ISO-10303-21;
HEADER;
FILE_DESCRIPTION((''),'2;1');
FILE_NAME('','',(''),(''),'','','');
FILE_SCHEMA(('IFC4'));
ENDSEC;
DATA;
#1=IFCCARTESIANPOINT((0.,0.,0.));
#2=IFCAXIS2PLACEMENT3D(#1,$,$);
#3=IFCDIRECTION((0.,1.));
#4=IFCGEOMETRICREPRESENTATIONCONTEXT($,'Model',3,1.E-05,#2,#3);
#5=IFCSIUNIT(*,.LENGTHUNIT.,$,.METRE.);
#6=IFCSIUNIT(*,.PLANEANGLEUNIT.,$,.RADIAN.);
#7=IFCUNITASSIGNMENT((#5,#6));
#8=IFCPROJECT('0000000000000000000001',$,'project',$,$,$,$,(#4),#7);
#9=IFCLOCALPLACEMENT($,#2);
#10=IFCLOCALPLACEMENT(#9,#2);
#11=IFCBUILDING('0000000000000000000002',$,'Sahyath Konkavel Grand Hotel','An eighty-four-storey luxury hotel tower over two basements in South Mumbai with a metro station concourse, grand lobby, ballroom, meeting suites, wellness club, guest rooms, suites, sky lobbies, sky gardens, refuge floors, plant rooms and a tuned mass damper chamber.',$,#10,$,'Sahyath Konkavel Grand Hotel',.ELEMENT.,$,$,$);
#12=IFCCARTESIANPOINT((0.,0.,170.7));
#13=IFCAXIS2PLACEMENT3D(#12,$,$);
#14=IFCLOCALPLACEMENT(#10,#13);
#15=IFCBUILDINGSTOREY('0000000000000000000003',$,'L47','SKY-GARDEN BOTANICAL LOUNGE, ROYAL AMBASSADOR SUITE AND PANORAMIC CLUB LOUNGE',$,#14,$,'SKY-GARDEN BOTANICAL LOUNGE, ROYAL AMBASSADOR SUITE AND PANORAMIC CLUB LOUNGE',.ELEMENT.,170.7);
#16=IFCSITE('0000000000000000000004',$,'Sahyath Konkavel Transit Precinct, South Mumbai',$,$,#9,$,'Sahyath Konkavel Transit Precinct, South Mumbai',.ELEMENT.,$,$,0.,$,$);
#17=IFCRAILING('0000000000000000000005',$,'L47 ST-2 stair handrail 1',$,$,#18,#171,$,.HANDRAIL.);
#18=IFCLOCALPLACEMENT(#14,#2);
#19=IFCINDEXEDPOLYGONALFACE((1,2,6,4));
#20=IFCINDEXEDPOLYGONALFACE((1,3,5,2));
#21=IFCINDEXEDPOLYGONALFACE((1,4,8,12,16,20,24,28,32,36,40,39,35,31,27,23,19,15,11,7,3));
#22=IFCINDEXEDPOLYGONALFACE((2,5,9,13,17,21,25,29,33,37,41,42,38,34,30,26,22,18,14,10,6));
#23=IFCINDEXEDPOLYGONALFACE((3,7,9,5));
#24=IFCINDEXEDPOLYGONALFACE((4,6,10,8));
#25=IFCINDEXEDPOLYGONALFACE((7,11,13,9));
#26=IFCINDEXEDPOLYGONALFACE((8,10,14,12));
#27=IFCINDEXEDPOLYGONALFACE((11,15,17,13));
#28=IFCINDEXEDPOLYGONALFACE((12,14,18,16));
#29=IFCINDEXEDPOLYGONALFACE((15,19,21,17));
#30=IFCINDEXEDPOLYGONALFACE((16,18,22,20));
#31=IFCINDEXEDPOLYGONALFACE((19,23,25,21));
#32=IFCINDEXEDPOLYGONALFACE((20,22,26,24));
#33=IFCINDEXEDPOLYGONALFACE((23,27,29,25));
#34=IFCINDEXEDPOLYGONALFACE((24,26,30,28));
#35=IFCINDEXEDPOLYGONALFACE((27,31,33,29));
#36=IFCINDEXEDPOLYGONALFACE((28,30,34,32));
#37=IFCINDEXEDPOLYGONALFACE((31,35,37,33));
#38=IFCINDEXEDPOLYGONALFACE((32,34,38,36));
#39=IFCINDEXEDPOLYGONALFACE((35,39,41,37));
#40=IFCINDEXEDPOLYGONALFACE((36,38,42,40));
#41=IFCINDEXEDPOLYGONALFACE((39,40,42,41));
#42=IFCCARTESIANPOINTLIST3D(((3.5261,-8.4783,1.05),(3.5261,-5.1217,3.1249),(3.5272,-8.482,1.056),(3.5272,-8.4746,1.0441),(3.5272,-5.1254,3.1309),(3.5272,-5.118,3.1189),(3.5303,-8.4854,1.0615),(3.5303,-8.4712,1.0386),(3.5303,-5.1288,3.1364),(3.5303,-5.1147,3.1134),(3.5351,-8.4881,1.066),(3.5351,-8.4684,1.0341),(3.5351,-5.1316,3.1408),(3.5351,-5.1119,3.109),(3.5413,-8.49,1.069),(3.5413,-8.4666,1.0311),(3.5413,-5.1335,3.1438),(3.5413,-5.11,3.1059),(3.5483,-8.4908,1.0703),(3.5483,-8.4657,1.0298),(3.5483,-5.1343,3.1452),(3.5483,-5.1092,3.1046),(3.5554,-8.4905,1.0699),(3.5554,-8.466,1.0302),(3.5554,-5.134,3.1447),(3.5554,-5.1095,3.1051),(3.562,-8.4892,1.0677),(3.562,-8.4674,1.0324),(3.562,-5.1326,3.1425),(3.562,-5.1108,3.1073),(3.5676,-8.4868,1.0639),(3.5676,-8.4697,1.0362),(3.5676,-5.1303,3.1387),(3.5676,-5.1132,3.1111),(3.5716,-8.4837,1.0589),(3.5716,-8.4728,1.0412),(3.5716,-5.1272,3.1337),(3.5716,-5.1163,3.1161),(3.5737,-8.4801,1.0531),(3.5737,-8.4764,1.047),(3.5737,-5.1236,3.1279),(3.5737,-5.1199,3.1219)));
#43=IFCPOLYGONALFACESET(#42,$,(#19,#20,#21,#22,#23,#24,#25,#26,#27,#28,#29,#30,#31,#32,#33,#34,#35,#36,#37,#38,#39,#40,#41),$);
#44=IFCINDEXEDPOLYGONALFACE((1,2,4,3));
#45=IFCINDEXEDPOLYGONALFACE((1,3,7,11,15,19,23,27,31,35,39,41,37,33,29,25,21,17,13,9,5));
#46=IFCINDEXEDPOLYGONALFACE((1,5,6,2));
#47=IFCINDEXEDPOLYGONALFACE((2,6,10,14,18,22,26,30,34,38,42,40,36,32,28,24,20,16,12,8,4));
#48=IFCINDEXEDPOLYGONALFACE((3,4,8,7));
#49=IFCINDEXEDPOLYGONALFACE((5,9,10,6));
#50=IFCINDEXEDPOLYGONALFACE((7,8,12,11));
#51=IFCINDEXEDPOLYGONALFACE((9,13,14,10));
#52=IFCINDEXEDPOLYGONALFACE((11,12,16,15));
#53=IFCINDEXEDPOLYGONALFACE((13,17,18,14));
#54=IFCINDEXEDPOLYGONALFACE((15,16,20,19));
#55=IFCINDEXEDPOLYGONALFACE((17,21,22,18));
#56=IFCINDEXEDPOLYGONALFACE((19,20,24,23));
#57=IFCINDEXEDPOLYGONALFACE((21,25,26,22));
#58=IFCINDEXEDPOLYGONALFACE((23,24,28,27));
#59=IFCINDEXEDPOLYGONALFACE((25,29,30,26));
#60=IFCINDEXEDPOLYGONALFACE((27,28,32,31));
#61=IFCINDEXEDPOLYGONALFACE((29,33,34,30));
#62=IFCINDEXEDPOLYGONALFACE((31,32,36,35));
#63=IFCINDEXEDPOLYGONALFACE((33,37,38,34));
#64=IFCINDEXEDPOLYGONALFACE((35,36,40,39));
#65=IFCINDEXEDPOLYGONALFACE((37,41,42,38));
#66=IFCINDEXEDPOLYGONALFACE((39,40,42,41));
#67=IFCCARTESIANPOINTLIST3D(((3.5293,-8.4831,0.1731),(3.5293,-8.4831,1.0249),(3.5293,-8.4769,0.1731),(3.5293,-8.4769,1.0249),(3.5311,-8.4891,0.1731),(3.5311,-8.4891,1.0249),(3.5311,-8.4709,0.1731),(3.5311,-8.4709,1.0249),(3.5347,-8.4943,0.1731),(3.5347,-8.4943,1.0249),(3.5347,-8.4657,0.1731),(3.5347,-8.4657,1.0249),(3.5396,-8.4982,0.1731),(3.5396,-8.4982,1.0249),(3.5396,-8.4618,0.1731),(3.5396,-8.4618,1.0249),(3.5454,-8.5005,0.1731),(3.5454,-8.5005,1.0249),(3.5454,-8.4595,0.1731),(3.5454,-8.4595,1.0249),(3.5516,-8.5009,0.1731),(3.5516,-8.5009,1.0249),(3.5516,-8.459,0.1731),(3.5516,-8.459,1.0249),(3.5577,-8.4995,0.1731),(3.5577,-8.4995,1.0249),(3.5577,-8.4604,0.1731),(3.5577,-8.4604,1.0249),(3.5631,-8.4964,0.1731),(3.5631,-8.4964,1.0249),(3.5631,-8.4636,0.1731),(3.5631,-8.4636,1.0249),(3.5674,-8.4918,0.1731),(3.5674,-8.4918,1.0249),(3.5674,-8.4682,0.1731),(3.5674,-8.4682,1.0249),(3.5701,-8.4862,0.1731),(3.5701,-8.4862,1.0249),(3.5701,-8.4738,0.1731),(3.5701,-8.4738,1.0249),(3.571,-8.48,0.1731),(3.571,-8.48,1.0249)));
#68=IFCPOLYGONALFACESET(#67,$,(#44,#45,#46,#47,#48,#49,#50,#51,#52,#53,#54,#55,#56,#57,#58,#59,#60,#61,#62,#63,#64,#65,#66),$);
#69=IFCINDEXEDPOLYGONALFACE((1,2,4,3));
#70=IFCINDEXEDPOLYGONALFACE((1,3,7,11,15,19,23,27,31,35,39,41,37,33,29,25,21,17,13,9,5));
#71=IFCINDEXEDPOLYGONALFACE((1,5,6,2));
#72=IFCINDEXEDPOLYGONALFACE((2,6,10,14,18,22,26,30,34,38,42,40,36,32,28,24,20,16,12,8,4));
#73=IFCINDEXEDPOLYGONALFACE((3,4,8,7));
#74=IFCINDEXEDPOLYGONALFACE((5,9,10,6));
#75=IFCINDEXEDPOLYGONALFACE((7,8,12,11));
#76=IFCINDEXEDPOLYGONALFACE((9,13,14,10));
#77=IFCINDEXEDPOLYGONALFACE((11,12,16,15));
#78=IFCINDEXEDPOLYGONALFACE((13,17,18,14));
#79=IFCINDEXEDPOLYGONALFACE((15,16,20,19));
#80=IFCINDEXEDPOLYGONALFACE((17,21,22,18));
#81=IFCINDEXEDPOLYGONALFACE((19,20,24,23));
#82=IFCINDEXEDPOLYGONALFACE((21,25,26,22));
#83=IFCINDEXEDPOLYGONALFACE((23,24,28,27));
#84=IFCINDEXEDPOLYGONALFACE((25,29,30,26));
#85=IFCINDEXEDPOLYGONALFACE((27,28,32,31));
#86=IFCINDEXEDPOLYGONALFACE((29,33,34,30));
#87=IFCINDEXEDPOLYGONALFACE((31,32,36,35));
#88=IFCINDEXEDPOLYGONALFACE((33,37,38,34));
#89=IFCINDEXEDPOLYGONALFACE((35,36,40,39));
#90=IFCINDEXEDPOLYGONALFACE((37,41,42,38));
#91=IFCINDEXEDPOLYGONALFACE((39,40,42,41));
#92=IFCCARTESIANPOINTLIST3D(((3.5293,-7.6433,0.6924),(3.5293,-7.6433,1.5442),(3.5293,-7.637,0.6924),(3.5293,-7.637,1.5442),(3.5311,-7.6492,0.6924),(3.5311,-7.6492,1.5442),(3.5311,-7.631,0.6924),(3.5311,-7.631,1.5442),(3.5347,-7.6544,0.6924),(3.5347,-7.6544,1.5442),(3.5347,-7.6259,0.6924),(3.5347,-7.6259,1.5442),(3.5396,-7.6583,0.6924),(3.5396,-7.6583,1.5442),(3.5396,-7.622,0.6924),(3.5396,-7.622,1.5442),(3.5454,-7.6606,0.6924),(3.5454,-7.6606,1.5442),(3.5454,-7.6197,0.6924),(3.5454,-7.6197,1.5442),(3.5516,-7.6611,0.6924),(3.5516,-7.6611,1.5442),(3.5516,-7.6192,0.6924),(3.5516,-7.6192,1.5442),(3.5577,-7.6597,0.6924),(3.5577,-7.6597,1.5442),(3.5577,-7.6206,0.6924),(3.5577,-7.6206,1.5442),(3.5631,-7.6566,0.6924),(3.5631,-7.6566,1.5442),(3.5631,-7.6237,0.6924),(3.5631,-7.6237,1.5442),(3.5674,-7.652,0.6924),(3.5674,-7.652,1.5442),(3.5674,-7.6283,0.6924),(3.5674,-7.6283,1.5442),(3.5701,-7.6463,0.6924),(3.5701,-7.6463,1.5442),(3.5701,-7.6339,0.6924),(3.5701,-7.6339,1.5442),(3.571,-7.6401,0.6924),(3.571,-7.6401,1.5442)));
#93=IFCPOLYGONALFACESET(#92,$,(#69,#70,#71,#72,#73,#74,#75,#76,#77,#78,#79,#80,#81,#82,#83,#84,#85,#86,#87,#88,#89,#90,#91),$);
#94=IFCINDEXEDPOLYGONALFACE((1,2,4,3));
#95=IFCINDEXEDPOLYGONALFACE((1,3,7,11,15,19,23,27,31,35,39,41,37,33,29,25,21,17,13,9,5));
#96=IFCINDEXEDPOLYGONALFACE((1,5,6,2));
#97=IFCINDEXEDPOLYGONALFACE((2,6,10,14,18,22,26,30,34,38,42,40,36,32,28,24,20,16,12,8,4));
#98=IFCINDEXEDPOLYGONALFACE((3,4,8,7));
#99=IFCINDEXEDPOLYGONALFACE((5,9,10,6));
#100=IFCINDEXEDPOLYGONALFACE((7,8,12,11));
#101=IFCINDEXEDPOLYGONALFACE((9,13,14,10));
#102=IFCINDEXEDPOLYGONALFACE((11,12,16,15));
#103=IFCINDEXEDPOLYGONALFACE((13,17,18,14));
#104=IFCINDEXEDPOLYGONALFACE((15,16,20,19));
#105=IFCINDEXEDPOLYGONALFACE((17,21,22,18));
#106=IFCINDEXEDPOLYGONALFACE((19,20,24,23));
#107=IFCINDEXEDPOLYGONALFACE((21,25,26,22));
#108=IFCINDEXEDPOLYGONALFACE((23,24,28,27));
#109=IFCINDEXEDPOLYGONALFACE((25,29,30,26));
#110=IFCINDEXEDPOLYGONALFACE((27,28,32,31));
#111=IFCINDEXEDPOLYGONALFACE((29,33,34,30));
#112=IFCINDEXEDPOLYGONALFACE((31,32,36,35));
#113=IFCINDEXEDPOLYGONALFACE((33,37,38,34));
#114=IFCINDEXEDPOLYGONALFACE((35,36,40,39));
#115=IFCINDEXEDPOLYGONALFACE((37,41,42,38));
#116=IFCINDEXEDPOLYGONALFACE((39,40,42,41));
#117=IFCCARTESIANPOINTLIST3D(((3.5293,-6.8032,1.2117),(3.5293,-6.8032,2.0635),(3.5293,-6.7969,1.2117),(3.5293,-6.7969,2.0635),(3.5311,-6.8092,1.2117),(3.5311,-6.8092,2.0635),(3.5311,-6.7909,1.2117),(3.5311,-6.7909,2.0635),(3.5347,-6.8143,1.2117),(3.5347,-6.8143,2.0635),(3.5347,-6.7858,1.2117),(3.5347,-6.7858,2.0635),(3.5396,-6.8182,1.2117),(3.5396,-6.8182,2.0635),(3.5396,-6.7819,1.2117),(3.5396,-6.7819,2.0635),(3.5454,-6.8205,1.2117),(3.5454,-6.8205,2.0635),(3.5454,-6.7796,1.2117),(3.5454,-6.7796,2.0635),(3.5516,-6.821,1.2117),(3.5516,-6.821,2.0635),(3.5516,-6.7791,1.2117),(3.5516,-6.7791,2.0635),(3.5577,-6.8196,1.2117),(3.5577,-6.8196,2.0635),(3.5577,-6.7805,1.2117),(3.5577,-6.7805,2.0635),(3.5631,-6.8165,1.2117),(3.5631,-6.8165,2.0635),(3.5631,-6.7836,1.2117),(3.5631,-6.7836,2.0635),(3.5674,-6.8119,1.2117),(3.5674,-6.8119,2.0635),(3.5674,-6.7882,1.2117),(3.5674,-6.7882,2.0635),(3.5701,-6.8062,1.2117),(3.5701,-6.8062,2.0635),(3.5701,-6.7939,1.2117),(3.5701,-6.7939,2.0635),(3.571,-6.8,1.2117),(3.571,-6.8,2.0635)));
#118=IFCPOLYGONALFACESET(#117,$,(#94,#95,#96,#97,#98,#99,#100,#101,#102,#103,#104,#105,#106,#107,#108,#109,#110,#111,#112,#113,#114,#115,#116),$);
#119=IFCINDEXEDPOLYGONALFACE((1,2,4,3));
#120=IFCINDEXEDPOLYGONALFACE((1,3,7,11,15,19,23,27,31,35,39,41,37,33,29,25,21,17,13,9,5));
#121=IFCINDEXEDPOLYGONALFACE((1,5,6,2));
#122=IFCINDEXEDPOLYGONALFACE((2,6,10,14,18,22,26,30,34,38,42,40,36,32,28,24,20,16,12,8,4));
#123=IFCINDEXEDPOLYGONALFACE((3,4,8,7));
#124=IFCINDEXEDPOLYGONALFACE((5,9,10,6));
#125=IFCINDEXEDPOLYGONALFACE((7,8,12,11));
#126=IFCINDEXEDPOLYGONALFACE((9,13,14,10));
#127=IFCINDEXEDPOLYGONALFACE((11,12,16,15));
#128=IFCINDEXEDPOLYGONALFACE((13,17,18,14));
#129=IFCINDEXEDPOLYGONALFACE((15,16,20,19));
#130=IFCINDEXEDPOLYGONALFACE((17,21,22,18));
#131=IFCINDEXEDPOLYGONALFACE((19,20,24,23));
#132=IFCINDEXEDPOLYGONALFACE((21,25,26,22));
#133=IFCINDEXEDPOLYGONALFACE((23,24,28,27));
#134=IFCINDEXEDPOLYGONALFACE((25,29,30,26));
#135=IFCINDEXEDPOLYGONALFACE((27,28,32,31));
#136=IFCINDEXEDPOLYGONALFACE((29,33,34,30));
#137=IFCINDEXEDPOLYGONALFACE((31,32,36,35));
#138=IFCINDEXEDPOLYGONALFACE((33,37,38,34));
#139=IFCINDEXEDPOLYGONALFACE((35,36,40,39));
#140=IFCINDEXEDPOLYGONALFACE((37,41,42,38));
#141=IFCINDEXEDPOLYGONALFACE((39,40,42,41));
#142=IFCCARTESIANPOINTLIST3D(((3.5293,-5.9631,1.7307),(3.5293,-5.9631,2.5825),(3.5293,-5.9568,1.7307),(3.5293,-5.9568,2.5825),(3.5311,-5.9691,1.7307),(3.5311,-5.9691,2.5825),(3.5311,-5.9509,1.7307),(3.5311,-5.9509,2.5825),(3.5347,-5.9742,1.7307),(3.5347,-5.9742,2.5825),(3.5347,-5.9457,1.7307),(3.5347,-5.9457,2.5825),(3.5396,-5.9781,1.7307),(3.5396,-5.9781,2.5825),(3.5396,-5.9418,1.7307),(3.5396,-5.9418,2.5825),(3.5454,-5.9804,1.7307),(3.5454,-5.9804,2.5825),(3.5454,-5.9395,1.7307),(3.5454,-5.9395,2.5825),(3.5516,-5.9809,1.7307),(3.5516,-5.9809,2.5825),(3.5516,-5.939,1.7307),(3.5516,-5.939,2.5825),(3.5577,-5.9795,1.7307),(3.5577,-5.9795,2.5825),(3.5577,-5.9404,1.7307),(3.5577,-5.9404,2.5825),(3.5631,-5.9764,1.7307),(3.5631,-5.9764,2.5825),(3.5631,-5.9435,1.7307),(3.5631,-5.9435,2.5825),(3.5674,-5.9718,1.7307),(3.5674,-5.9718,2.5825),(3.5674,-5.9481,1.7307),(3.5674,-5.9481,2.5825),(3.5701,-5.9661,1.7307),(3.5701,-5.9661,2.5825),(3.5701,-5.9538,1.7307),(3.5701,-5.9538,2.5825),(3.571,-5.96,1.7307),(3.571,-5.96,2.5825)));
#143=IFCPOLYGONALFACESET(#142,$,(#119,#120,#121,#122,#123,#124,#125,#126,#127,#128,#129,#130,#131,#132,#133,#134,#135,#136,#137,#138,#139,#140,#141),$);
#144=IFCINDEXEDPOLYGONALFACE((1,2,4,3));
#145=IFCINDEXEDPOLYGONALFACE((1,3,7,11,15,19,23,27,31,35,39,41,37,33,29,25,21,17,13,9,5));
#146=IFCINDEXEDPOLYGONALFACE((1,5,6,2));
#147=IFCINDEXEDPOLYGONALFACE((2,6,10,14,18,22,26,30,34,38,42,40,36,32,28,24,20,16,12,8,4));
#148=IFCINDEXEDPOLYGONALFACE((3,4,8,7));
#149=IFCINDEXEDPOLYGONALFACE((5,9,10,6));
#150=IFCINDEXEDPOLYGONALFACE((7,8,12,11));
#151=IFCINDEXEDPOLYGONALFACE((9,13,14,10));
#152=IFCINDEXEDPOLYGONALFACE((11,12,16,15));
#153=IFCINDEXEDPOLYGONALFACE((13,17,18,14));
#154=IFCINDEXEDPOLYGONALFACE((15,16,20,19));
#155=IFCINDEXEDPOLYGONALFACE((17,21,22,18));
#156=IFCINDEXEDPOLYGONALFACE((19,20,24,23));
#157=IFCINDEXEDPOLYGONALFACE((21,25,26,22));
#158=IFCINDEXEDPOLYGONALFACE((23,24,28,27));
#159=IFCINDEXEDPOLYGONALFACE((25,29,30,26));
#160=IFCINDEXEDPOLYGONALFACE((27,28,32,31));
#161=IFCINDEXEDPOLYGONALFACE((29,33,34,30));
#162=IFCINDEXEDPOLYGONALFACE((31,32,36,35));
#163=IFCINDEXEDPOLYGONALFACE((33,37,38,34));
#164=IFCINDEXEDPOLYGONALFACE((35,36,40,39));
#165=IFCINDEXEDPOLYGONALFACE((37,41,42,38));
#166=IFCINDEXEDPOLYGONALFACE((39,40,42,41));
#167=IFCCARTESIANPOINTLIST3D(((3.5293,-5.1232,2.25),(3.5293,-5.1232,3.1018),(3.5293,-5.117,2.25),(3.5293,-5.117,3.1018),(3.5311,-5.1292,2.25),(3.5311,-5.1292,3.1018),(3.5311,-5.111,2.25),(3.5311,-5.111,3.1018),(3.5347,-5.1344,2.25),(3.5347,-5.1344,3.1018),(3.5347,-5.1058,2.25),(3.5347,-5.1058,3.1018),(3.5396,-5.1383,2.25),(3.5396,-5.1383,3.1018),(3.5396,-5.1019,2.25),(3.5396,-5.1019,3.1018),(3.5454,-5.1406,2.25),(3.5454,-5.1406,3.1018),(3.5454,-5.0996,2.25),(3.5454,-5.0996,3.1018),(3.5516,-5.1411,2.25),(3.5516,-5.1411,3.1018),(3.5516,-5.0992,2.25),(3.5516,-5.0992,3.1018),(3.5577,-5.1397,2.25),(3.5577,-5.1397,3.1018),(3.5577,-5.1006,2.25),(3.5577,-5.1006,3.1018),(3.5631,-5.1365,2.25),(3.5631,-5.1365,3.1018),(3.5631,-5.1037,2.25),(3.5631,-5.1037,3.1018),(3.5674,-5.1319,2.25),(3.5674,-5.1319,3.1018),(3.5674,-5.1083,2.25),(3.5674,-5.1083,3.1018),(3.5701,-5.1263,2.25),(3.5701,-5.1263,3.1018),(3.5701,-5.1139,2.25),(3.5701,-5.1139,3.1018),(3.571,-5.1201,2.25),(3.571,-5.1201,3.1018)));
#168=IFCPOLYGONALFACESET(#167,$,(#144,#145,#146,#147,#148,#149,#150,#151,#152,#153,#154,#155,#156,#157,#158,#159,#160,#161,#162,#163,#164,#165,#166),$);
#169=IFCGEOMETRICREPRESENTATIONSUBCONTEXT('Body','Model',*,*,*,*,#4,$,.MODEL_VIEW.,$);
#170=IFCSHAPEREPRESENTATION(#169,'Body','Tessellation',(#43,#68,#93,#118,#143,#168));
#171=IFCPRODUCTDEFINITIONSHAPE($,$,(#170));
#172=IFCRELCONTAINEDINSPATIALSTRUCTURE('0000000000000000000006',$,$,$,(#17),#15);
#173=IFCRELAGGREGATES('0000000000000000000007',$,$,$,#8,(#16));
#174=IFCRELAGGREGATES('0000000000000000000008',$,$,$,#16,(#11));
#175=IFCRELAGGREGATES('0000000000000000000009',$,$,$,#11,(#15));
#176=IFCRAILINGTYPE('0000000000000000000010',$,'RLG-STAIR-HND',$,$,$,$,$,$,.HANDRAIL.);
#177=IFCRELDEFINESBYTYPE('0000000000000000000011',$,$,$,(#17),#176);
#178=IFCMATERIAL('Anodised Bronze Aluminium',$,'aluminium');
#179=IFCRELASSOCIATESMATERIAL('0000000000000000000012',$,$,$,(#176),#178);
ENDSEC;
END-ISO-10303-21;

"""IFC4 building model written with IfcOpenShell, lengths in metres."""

from ifc_helpers import new_model, si_unit, direction, frame, origin, origin_2d, place, context, subcontext, project, spatial, circle, extrude, material, type_object, element, save


model = new_model("IFC4")

# Units and contexts
model_context = context("Model", 3, precision=1e-05, world=origin(), true_north=direction((0.0, 1.0)))
body_context = subcontext(model_context, "Body", "Model", "MODEL_VIEW")
ifc_project = project(units=[si_unit("LENGTHUNIT", "METRE"), si_unit("PLANEANGLEUNIT", "RADIAN")], contexts=[model_context])

# Site, building, storey
site_placement = place(None, origin())
site = spatial("IfcSite", under=ifc_project, at=site_placement, Name="Sahyath Konkavel Transit Precinct, South Mumbai", LongName="Sahyath Konkavel Transit Precinct, South Mumbai", CompositionType="ELEMENT", RefElevation=0.0)
building_placement = place(site_placement, origin())
building = spatial("IfcBuilding", under=site, at=building_placement, Name="Sahyath Konkavel Grand Hotel", Description="An eighty-four-storey luxury hotel tower over two basements in South Mumbai with a metro station concourse, grand lobby, ballroom, meeting suites, wellness club, guest rooms, suites, sky lobbies, sky gardens, refuge floors, plant rooms and a tuned mass damper chamber.", LongName="Sahyath Konkavel Grand Hotel", CompositionType="ELEMENT")
storey_placement = place(building_placement, frame((0.0, 0.0, 170.7)))
storey = spatial("IfcBuildingStorey", under=building, at=storey_placement, Name="L47", Description="SKY-GARDEN BOTANICAL LOUNGE, ROYAL AMBASSADOR SUITE AND PANORAMIC CLUB LOUNGE", LongName="SKY-GARDEN BOTANICAL LOUNGE, ROYAL AMBASSADOR SUITE AND PANORAMIC CLUB LOUNGE", CompositionType="ELEMENT", Elevation=170.7)

# Shared definitions
ifc_material_1 = material(Name="Anodised Bronze Aluminium", Category="aluminium")

# Railing
railing_type_1 = type_object("IfcRailingType", Name="RLG-STAIR-HND", PredefinedType="HANDRAIL", material=ifc_material_1)
railing_1_placement = place(storey_placement, frame((3.55, -8.48, 0.1731)))
element("IfcRailing", 1, at=railing_1_placement, inside=storey, type_object=railing_type_1, Name="L47 ST-2 stair handrail 1", PredefinedType="HANDRAIL", context=body_context, shape_type="SweptSolid", body=[
    extrude(circle(Radius=0.0239, at=origin_2d()), frame((0.0, 0.0017, 0.877), z_axis=(0.0, 0.850606, 0.525803), x_axis=(-1.0, 0.0, 0.0)), (0.0, 0.0, 1.0), 3.946),
    extrude(circle(Radius=0.021, at=origin_2d()), origin(), (0.0, 0.0, 1.0), 0.8518),
    extrude(circle(Radius=0.021, at=origin_2d()), frame((0.0, 0.8398, 0.5193)), (0.0, 0.0, 1.0), 0.8518),
    extrude(circle(Radius=0.021, at=origin_2d()), frame((0.0, 1.6799, 1.0386)), (0.0, 0.0, 1.0), 0.8518),
    extrude(circle(Radius=0.021, at=origin_2d()), frame((0.0, 2.52, 1.5576)), (0.0, 0.0, 1.0), 0.8518),
    extrude(circle(Radius=0.021, at=origin_2d()), frame((0.0, 3.3599, 2.0769)), (0.0, 0.0, 1.0), 0.8518),
])

save(model, "model.ifc")
